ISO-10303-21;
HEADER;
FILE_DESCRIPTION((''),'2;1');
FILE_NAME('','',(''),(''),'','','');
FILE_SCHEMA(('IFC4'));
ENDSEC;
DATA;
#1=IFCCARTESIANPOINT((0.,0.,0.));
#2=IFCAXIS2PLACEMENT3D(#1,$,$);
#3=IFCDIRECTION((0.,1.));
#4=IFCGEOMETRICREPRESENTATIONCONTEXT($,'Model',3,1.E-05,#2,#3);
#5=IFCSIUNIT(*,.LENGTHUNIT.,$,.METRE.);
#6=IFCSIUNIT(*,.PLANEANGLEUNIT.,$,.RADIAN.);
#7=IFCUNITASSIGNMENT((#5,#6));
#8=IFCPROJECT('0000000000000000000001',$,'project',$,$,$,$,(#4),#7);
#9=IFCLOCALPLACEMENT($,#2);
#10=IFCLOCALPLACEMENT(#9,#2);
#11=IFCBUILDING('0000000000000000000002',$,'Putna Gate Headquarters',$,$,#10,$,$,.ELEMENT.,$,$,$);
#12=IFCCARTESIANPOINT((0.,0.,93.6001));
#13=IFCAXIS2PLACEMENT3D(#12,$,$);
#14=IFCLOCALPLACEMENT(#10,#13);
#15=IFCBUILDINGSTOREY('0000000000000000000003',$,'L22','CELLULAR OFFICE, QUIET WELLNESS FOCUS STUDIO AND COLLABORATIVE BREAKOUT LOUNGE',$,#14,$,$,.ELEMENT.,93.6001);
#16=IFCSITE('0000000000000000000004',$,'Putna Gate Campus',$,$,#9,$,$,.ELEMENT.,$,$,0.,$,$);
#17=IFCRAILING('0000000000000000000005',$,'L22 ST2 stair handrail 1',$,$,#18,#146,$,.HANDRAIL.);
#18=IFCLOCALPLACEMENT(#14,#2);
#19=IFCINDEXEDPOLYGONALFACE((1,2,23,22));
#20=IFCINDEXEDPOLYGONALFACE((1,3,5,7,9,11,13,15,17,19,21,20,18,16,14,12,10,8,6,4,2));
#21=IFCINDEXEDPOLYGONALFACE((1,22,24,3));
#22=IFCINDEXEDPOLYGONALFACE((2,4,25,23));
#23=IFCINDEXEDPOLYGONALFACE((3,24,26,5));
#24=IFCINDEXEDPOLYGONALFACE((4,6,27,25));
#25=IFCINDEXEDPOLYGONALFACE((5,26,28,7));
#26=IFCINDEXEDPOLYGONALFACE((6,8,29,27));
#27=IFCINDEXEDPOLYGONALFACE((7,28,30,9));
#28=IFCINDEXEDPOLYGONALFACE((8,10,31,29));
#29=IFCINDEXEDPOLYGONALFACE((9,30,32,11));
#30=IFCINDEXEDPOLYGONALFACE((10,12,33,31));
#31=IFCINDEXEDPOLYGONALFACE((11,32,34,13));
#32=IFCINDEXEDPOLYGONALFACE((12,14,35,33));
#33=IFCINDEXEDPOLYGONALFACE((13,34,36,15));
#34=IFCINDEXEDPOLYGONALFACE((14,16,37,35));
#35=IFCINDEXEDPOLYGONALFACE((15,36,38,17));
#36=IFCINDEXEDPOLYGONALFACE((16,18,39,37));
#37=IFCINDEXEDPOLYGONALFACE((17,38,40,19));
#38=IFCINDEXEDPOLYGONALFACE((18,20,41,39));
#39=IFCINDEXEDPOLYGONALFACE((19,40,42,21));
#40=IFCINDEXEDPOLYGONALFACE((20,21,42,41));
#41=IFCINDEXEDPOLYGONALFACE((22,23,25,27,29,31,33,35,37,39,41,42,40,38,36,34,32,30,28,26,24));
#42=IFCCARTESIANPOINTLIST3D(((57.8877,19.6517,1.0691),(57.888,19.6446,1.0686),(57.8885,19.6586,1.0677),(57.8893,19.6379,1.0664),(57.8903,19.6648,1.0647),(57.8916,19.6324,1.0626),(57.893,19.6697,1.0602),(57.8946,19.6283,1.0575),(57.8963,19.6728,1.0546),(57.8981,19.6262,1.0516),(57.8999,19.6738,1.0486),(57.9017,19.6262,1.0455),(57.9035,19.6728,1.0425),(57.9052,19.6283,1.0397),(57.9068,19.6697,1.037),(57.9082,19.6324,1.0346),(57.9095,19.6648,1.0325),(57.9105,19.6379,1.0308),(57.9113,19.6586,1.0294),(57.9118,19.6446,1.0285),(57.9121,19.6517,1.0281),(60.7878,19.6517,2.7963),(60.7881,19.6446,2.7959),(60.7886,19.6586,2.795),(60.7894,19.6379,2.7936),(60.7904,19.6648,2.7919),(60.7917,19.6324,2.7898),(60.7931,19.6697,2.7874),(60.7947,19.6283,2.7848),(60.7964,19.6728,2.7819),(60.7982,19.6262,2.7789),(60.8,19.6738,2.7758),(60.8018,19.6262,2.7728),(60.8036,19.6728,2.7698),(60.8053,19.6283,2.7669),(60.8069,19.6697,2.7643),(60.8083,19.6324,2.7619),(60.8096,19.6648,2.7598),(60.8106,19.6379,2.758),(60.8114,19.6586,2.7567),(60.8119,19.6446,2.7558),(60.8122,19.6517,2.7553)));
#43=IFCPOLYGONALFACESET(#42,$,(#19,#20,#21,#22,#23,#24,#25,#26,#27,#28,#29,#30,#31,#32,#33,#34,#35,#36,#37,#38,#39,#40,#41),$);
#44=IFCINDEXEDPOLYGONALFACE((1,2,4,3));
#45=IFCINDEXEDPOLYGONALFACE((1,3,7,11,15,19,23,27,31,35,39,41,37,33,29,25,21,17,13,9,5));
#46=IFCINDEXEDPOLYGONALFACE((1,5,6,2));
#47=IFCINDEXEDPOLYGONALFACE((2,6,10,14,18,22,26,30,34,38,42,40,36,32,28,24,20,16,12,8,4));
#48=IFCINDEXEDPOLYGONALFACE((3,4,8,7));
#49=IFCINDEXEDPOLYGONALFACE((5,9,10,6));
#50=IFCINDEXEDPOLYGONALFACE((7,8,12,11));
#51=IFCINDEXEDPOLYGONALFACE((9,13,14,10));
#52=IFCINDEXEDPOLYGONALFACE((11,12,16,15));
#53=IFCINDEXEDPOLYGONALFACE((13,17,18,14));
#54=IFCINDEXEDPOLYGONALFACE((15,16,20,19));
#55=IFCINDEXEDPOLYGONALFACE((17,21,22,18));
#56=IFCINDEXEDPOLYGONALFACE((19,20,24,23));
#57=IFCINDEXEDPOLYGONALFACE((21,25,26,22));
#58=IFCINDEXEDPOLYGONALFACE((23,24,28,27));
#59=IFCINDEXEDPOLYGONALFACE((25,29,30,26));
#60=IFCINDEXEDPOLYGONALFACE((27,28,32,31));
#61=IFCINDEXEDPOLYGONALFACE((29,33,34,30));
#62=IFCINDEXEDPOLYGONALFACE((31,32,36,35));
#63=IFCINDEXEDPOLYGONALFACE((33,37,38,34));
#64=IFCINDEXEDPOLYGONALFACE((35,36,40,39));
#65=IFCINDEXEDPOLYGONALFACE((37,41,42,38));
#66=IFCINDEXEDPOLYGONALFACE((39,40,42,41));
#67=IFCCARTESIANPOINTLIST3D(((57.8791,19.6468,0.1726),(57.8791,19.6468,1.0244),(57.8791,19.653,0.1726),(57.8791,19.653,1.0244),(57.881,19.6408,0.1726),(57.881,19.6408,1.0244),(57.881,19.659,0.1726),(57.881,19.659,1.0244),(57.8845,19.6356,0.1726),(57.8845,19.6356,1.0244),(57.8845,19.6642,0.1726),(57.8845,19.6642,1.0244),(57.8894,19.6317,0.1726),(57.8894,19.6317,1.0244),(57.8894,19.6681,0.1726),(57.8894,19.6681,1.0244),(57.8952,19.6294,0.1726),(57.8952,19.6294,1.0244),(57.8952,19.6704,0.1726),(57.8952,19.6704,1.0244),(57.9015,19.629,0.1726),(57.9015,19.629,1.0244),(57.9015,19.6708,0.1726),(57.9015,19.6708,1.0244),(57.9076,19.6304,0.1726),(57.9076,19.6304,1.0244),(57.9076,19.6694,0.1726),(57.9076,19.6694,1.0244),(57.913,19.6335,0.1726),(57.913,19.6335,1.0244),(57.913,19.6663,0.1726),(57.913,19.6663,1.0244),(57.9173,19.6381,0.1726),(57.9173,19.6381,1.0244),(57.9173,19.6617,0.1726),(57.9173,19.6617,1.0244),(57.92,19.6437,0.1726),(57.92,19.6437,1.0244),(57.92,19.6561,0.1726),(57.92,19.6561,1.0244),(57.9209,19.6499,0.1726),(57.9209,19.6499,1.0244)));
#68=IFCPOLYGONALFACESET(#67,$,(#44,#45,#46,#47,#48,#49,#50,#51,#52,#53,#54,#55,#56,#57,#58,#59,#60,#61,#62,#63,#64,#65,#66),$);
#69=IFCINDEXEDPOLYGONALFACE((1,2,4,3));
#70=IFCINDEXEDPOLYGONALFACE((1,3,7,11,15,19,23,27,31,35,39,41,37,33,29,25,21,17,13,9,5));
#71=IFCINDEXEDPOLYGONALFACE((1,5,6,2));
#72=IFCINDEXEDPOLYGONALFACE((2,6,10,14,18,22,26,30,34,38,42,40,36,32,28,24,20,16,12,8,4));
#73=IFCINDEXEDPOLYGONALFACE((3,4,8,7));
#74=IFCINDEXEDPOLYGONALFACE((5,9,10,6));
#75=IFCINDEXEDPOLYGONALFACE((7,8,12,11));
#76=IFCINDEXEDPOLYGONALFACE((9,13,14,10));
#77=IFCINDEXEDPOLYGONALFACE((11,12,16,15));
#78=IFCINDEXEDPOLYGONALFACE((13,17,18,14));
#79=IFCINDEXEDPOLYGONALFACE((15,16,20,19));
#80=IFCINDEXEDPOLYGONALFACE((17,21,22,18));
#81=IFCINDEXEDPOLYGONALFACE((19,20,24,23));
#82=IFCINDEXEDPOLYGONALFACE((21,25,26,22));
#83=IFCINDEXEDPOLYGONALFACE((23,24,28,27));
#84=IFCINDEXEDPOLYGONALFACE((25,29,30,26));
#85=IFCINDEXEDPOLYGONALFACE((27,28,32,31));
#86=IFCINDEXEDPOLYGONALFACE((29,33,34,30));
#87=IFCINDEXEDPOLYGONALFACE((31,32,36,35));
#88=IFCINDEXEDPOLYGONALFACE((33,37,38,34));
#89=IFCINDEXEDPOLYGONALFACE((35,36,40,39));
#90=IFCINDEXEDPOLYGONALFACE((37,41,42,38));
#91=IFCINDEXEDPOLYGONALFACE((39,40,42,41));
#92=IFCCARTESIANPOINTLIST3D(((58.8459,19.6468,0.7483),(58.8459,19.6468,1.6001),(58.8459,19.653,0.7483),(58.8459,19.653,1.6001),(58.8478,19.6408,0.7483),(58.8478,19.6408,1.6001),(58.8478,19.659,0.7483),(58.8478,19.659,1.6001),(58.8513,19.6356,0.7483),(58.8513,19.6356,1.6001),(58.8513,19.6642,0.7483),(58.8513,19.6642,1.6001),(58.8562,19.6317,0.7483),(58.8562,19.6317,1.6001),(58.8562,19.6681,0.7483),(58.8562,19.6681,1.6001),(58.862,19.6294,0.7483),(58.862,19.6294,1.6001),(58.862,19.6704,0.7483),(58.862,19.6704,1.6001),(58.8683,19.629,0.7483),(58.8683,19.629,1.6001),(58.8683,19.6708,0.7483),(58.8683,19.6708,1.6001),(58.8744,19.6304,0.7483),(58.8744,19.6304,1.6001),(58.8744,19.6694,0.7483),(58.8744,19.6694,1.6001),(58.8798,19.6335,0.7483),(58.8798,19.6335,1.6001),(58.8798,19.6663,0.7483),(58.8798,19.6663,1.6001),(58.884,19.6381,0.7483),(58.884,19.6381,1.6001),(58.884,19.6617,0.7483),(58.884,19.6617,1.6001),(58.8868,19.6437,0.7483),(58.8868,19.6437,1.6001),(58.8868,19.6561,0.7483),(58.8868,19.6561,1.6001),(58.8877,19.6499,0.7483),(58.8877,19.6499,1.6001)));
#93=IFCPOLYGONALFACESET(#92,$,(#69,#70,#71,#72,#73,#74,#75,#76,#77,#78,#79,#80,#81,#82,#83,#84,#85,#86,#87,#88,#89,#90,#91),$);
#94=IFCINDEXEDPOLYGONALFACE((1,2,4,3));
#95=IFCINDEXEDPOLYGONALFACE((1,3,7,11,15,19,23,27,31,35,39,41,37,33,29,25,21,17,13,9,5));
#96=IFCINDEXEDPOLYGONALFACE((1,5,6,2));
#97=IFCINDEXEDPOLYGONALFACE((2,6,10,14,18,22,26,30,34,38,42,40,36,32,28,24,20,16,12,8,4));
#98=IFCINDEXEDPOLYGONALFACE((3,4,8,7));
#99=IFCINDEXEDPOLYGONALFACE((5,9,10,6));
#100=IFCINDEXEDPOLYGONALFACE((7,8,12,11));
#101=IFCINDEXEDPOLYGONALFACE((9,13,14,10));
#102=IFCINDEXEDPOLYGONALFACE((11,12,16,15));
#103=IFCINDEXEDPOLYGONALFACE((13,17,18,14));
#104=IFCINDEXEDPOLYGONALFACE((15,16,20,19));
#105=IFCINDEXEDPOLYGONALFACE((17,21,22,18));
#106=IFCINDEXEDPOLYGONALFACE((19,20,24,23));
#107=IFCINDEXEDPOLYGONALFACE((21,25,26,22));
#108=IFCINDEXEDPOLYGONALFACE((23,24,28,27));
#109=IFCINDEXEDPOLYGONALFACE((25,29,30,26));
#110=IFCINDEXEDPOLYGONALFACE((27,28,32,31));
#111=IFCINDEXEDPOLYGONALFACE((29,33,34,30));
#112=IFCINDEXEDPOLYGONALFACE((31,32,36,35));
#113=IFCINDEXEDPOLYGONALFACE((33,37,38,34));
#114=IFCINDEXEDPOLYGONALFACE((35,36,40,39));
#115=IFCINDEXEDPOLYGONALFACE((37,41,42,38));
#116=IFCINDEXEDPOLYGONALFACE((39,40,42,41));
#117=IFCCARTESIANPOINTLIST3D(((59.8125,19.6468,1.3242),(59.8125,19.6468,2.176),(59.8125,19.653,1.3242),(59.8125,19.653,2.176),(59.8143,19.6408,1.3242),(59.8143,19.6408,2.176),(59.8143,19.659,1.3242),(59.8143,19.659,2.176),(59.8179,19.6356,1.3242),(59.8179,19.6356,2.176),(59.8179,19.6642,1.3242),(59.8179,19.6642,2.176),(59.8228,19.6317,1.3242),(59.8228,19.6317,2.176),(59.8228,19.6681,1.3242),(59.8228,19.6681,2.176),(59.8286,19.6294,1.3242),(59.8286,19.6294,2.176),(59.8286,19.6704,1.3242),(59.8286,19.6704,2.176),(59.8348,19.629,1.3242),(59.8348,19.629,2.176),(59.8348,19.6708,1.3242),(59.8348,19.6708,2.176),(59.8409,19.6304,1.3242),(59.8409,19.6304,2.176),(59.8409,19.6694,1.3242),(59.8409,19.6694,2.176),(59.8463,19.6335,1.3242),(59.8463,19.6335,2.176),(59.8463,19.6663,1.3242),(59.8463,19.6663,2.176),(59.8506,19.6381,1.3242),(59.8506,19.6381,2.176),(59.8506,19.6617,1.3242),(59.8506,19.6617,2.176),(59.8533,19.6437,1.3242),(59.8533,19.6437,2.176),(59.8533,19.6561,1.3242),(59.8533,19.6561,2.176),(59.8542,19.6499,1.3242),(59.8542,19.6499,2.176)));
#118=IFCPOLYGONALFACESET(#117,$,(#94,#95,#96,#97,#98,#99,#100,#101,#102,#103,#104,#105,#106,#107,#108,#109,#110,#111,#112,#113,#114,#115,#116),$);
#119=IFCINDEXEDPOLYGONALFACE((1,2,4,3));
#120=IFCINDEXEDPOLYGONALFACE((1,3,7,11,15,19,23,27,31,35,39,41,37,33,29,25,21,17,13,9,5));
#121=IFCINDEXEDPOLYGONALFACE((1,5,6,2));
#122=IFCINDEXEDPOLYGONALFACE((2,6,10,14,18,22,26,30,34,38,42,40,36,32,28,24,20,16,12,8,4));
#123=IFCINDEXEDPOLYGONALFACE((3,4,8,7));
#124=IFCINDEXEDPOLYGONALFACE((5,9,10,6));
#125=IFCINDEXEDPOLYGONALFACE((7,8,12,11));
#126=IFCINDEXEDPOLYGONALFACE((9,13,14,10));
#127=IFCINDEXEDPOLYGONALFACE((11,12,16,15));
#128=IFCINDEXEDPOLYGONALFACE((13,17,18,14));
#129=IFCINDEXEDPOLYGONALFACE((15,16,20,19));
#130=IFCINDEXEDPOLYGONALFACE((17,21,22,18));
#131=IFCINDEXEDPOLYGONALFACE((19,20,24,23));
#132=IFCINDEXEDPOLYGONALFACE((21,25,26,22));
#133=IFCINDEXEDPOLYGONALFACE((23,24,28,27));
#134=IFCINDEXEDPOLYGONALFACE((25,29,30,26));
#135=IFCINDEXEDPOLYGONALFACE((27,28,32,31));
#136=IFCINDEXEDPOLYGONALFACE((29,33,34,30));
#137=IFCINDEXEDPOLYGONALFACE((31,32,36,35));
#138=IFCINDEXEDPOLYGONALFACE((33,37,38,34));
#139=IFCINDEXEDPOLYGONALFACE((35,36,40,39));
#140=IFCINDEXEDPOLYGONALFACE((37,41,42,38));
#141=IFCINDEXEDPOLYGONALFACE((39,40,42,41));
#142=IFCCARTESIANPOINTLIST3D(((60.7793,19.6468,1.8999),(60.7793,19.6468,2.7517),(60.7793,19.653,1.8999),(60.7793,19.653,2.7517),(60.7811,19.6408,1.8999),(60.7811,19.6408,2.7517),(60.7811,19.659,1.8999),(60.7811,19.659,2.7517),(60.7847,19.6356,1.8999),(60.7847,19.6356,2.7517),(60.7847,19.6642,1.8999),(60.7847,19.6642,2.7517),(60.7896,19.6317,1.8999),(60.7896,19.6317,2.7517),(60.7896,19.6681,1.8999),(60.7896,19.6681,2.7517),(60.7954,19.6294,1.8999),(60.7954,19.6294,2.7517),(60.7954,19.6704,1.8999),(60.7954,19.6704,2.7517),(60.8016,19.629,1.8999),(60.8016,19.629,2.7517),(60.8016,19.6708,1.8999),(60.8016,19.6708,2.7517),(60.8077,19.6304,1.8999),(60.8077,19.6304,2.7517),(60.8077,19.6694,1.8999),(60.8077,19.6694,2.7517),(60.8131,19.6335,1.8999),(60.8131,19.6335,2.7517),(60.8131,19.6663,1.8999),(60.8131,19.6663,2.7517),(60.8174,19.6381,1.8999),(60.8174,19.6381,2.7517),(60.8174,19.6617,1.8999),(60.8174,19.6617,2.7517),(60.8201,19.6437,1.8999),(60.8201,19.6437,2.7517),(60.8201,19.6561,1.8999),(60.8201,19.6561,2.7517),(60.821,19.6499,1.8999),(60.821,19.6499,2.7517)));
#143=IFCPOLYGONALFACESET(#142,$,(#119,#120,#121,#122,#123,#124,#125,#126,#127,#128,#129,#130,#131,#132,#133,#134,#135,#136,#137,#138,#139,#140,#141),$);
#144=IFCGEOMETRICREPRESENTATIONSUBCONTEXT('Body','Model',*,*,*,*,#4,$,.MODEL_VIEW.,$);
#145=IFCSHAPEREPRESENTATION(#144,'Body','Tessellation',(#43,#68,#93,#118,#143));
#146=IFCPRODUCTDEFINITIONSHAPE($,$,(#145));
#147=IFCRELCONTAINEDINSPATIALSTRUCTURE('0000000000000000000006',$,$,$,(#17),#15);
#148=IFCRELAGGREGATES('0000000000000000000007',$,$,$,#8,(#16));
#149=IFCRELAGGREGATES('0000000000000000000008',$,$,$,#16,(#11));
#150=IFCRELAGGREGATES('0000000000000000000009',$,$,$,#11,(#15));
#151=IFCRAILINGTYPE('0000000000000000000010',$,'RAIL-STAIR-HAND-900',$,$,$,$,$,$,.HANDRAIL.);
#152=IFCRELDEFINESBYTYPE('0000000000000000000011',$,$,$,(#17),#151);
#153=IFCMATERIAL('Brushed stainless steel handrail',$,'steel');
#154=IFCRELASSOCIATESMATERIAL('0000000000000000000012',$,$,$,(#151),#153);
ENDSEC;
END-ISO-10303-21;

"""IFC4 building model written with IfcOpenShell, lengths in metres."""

from ifc_helpers import new_model, si_unit, direction, frame, origin, origin_2d, place, context, subcontext, project, spatial, circle, extrude, material, type_object, element, save


model = new_model("IFC4")

# Units and contexts
model_context = context("Model", 3, precision=1e-05, world=origin(), true_north=direction((0.0, 1.0)))
body_context = subcontext(model_context, "Body", "Model", "MODEL_VIEW")
ifc_project = project(units=[si_unit("LENGTHUNIT", "METRE"), si_unit("PLANEANGLEUNIT", "RADIAN")], contexts=[model_context])

# Site, building, storey
site_placement = place(None, origin())
site = spatial("IfcSite", under=ifc_project, at=site_placement, Name="Putna Gate Campus", CompositionType="ELEMENT", RefElevation=0.0)
building_placement = place(site_placement, origin())
building = spatial("IfcBuilding", under=site, at=building_placement, Name="Putna Gate Headquarters", CompositionType="ELEMENT")
storey_placement = place(building_placement, frame((0.0, 0.0, 93.6001)))
storey = spatial("IfcBuildingStorey", under=building, at=storey_placement, Name="L22", Description="CELLULAR OFFICE, QUIET WELLNESS FOCUS STUDIO AND COLLABORATIVE BREAKOUT LOUNGE", CompositionType="ELEMENT", Elevation=93.6001)

# Railing
ifc_material_1 = material(Name="Brushed stainless steel handrail", Category="steel")
railing_type_1 = type_object("IfcRailingType", Name="RAIL-STAIR-HAND-900", PredefinedType="HANDRAIL", material=ifc_material_1)
railing_1_placement = place(storey_placement, frame((57.8999, 19.6499, 0.1726)))
element("IfcRailing", 1, at=railing_1_placement, inside=storey, type_object=railing_type_1, Name="L22 ST2 stair handrail 1", PredefinedType="HANDRAIL", context=body_context, shape_type="SweptSolid", body=[
    extrude(circle(Radius=0.0239, at=origin_2d()), frame((0.0, 0.0, 0.876), z_axis=(0.85916, 0.0, 0.511706), x_axis=(0.0, 1.0, 0.0)), (0.0, 0.0, 1.0), 3.3755),
    extrude(circle(Radius=0.021, at=origin_2d()), origin(), (0.0, 0.0, 1.0), 0.8518),
    extrude(circle(Radius=0.021, at=origin_2d()), frame((0.9668, 0.0, 0.5757)), (0.0, 0.0, 1.0), 0.8518),
    extrude(circle(Radius=0.021, at=origin_2d()), frame((1.9333, 0.0, 1.1516)), (0.0, 0.0, 1.0), 0.8518),
    extrude(circle(Radius=0.021, at=origin_2d()), frame((2.9001, 0.0, 1.7273)), (0.0, 0.0, 1.0), 0.8518),
])

save(model, "model.ifc")
